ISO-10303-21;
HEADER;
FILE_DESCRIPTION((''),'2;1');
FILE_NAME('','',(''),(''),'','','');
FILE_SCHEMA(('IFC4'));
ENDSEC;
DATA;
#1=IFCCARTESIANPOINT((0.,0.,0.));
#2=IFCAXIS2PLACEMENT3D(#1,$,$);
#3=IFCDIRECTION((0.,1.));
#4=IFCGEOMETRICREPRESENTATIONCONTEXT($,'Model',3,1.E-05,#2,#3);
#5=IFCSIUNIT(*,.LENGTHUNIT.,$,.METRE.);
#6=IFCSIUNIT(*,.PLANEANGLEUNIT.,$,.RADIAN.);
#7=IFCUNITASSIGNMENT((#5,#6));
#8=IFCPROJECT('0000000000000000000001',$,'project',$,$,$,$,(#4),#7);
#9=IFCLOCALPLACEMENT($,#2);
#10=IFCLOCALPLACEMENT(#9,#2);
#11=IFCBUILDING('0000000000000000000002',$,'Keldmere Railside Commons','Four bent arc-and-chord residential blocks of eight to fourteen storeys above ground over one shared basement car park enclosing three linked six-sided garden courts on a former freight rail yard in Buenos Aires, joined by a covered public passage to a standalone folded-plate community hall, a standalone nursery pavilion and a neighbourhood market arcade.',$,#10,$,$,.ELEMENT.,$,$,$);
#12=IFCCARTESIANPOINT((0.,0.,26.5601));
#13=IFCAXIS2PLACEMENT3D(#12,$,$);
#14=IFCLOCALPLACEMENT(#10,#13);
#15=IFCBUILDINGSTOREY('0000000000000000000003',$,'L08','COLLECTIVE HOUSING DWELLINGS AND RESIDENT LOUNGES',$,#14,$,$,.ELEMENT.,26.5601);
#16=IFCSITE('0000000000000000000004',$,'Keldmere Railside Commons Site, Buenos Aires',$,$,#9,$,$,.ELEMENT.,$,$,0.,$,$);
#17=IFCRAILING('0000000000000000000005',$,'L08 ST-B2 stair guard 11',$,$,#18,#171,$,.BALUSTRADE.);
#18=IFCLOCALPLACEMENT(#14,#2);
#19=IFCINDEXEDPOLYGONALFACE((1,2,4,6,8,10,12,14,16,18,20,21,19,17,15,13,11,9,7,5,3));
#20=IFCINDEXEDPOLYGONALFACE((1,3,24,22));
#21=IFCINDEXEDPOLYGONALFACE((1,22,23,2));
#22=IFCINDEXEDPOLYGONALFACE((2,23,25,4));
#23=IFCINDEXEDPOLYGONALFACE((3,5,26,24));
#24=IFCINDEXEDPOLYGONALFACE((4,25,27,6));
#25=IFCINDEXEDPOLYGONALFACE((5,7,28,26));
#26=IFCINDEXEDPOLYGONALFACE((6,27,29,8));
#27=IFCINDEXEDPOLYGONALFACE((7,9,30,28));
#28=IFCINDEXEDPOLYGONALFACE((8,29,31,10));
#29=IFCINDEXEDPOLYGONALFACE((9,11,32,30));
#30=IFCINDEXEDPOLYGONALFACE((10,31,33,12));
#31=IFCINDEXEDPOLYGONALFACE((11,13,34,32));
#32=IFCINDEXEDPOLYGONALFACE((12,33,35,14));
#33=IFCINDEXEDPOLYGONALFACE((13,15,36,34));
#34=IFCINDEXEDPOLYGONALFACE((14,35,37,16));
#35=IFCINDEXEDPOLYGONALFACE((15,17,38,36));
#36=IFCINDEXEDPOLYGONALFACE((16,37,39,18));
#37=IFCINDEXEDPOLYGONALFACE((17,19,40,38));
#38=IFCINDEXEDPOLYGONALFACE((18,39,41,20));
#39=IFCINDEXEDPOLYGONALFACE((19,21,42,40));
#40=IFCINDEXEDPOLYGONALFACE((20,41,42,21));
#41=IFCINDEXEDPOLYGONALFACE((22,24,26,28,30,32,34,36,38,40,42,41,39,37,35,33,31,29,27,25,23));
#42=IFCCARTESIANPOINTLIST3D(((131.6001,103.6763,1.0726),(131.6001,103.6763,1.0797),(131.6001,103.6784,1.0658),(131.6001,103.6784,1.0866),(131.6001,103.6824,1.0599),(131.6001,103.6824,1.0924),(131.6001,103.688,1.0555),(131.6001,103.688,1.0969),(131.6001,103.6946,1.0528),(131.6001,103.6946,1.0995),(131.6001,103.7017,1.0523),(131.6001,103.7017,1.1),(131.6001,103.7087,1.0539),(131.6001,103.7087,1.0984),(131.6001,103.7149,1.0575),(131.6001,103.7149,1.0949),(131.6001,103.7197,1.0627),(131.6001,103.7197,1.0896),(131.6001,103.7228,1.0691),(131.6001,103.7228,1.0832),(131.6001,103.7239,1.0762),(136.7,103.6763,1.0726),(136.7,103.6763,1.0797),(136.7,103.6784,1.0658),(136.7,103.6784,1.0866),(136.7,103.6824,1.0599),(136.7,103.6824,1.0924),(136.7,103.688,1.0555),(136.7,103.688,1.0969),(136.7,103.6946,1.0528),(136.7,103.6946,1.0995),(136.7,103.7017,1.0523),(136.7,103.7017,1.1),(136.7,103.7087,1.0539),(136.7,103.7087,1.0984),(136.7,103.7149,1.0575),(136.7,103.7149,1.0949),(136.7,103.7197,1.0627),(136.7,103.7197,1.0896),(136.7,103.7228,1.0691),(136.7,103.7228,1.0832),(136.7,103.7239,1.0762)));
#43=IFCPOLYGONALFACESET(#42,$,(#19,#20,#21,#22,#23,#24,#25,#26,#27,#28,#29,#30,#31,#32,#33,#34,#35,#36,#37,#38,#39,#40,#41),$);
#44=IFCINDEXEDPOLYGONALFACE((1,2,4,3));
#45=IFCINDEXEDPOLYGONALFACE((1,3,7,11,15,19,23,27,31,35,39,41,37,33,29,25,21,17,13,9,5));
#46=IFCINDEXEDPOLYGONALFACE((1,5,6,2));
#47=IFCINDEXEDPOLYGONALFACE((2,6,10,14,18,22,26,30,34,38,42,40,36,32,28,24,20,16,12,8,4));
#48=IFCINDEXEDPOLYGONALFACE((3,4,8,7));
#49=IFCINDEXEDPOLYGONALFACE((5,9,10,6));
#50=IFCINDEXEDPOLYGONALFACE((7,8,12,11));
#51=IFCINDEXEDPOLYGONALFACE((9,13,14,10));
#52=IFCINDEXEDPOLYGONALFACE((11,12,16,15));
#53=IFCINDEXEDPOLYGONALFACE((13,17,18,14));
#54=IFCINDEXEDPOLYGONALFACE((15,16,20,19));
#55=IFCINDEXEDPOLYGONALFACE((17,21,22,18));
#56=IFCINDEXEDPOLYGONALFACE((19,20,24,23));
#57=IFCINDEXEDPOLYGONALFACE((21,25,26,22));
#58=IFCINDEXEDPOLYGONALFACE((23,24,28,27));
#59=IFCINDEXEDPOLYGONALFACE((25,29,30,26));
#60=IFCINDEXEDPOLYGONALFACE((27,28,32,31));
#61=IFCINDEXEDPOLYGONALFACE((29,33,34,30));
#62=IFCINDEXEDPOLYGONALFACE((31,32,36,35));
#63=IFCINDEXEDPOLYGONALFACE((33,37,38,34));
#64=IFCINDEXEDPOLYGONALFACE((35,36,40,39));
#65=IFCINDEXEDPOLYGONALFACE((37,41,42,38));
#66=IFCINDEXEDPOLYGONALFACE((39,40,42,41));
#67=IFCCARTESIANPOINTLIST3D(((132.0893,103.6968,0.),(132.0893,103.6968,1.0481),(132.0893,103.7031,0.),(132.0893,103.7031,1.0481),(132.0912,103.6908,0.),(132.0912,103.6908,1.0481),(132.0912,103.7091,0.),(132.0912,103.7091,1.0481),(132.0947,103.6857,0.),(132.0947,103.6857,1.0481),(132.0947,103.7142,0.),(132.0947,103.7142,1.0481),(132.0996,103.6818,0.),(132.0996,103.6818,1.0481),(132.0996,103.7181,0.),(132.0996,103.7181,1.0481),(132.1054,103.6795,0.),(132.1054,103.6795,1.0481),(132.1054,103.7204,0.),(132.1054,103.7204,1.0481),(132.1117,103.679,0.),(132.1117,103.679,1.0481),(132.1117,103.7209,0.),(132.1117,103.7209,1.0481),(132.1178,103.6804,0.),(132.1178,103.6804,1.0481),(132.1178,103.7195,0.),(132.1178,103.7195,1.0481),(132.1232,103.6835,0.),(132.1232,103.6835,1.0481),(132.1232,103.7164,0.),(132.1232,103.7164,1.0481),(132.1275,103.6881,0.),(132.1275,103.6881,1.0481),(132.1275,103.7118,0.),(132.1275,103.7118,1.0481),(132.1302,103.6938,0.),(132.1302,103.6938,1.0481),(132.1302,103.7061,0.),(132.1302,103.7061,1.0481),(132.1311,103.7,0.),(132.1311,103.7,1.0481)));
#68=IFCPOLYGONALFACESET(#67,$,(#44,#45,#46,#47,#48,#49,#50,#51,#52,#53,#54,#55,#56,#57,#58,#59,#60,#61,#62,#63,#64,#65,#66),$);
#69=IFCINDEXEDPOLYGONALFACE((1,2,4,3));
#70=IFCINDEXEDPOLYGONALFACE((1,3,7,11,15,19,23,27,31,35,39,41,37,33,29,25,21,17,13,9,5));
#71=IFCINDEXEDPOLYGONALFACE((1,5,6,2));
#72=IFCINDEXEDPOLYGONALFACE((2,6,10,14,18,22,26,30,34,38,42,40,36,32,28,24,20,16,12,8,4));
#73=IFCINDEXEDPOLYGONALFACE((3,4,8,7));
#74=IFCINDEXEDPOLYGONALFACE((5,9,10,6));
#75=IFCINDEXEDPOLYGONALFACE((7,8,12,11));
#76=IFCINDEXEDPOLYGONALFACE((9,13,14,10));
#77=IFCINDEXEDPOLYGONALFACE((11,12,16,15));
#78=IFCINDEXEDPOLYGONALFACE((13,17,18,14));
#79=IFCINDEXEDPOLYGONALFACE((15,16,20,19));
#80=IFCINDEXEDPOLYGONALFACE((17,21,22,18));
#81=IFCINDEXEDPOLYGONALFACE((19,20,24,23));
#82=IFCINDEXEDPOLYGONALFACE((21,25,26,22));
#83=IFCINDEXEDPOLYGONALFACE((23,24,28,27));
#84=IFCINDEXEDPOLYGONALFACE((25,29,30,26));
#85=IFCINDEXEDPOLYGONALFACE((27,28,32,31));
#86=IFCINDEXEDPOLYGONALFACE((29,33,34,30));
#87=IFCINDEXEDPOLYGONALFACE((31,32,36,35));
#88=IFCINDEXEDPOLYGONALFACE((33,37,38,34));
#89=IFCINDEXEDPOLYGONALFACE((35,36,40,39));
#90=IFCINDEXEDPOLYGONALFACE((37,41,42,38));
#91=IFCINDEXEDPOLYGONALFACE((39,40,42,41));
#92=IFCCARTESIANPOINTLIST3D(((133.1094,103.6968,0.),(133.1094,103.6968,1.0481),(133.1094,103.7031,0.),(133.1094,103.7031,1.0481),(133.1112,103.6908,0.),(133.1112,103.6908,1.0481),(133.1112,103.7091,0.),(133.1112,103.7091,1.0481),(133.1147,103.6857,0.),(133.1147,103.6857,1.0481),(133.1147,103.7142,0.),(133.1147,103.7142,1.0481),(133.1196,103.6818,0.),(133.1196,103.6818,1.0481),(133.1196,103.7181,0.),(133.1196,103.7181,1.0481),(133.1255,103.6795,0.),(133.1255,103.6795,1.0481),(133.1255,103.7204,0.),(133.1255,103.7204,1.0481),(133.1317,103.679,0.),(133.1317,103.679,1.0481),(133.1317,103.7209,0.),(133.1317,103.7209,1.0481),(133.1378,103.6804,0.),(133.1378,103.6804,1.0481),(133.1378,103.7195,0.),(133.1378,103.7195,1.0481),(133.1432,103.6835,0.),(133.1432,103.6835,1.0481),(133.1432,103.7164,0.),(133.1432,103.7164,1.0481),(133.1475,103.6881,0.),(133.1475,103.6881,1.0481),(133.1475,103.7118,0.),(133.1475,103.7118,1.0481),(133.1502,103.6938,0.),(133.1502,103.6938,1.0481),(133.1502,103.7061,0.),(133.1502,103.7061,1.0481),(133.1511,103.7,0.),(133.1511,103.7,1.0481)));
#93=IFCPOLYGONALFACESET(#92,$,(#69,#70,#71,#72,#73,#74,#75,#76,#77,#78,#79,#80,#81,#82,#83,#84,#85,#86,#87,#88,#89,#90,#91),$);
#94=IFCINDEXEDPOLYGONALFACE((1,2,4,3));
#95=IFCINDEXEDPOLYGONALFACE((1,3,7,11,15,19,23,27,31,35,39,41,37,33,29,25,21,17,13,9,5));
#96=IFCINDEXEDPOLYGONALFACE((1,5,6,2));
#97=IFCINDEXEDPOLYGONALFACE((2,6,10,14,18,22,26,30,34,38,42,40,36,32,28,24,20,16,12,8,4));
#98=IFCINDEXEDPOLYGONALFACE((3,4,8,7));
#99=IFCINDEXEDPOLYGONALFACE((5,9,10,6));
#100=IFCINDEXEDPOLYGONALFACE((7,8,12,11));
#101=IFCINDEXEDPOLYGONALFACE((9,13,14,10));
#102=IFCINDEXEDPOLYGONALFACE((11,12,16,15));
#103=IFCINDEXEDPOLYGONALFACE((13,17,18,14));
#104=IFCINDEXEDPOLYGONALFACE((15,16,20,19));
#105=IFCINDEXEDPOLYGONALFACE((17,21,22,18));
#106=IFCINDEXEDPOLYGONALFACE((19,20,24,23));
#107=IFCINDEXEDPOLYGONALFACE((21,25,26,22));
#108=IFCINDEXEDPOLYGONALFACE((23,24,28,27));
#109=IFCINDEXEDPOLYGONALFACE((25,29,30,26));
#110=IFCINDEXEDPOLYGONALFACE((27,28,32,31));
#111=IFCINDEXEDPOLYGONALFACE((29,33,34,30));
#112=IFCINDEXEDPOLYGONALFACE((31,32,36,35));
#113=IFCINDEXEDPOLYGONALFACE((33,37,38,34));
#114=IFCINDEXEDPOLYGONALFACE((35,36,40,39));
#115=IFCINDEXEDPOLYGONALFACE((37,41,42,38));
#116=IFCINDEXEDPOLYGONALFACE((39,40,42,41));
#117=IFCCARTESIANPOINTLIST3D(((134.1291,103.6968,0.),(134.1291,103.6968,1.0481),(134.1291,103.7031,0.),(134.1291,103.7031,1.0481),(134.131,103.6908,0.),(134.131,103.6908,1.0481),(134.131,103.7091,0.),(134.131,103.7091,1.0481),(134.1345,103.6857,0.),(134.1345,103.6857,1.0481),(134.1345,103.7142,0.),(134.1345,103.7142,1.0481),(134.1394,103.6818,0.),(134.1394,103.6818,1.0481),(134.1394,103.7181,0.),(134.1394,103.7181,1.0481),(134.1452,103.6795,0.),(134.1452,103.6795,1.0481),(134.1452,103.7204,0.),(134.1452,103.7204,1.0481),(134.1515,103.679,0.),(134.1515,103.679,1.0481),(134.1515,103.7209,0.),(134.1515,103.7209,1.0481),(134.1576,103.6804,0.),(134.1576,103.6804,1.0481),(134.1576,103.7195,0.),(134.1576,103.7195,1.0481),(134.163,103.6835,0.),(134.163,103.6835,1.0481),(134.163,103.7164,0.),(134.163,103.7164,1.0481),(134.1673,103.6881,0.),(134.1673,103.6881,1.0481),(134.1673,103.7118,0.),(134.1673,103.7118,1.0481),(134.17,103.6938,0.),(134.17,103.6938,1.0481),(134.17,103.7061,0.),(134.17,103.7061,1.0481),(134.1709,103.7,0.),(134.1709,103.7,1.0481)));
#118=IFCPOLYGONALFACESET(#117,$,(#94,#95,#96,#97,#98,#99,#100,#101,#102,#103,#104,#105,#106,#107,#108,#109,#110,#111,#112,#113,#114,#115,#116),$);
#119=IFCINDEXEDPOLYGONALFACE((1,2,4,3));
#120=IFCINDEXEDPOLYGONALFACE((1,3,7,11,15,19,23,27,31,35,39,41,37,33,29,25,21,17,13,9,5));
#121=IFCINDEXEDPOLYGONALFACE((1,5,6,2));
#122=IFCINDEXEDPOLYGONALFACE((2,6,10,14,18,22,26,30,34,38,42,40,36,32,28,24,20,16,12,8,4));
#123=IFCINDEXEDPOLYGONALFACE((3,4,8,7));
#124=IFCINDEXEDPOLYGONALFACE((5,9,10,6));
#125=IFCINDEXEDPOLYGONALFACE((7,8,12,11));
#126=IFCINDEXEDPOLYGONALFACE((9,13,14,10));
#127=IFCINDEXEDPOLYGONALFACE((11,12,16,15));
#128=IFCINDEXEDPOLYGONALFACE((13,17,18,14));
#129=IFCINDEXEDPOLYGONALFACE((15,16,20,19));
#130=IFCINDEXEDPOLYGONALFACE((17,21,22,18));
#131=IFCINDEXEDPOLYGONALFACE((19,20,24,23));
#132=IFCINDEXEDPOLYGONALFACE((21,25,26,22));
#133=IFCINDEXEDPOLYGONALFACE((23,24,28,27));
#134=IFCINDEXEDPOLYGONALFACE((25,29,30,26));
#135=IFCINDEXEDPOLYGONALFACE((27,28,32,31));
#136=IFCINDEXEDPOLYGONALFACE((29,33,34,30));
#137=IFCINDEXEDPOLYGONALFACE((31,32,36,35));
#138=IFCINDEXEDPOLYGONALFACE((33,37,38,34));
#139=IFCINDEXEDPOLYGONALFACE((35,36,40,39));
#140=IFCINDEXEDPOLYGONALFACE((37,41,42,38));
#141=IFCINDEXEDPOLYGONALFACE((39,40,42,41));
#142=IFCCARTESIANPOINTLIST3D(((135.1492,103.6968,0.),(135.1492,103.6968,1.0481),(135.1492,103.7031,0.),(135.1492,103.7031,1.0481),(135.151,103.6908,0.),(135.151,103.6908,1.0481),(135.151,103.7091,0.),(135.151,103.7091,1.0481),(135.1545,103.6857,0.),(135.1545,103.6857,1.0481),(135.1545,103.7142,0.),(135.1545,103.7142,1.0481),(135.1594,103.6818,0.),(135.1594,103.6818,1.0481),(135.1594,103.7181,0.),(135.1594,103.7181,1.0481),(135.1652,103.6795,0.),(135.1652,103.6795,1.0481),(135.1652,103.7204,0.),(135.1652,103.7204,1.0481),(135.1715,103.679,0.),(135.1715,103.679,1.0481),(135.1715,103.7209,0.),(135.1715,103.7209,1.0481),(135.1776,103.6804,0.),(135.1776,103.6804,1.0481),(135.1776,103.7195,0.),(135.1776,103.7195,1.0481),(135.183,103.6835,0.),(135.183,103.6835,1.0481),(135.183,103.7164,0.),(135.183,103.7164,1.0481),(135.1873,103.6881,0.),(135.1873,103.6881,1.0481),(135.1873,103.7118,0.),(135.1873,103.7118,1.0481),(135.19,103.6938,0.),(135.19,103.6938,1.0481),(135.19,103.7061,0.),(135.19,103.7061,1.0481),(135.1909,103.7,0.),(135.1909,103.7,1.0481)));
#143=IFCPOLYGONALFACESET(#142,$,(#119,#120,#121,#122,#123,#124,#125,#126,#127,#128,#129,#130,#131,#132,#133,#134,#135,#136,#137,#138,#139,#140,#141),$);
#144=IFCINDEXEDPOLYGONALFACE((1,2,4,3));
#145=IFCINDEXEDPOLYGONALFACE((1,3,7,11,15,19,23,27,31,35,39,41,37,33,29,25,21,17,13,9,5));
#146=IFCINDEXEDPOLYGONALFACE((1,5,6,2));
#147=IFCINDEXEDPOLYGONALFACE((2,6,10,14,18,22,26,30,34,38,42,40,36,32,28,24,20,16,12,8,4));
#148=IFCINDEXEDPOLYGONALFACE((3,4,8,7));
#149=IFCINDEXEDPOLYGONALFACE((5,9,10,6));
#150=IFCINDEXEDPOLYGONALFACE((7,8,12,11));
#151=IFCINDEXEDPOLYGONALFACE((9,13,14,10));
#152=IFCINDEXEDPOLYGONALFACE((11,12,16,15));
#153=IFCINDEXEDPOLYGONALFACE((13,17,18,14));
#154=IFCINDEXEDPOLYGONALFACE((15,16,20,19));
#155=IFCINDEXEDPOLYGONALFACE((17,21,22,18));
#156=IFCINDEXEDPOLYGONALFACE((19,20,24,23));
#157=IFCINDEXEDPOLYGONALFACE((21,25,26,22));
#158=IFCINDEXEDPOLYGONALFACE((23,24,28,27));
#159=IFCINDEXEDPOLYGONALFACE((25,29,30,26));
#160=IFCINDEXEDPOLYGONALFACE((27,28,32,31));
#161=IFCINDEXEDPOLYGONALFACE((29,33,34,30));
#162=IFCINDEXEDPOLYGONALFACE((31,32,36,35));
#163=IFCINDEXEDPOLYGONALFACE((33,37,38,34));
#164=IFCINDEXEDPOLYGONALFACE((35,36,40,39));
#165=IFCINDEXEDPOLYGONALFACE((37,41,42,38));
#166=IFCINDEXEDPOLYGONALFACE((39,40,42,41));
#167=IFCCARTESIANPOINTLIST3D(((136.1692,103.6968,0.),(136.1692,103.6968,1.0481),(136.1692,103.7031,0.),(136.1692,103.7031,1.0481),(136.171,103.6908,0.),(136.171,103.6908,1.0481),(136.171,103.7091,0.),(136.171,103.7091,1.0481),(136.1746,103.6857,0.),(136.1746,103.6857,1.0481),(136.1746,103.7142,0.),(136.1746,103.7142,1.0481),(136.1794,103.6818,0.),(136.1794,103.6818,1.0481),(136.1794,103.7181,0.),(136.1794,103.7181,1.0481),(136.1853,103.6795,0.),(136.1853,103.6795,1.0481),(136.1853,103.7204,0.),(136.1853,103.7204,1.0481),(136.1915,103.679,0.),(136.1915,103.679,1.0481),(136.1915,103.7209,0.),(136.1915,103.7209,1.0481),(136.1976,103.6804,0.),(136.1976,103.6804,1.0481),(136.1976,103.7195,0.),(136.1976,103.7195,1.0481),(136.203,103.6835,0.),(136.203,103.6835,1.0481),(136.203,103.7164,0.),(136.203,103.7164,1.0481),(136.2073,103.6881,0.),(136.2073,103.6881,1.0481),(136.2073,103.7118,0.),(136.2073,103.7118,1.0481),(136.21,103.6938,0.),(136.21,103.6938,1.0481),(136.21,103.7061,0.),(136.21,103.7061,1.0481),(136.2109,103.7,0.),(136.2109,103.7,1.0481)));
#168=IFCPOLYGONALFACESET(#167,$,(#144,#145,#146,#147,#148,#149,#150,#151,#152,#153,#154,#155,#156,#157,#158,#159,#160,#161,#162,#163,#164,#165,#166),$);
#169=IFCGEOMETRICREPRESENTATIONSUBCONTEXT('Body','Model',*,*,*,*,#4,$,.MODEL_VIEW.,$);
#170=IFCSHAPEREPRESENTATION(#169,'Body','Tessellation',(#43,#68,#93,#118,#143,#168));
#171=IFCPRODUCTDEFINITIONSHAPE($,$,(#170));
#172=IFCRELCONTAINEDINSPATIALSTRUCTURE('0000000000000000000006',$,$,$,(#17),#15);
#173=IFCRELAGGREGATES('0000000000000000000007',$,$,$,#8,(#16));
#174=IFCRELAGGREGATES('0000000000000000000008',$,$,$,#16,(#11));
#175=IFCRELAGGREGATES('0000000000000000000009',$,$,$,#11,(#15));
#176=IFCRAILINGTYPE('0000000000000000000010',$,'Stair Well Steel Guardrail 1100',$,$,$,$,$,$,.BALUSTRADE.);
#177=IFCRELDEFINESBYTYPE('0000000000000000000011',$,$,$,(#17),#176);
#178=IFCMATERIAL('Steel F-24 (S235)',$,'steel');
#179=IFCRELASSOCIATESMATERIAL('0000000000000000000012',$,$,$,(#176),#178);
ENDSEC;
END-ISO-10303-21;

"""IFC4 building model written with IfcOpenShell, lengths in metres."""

from ifc_helpers import new_model, si_unit, direction, frame, origin, origin_2d, place, context, subcontext, project, spatial, circle, extrude, material, type_object, element, save


model = new_model("IFC4")

# Units and contexts
model_context = context("Model", 3, precision=1e-05, world=origin(), true_north=direction((0.0, 1.0)))
body_context = subcontext(model_context, "Body", "Model", "MODEL_VIEW")
ifc_project = project(units=[si_unit("LENGTHUNIT", "METRE"), si_unit("PLANEANGLEUNIT", "RADIAN")], contexts=[model_context])

# Site, building, storey
site_placement = place(None, origin())
site = spatial("IfcSite", under=ifc_project, at=site_placement, Name="Keldmere Railside Commons Site, Buenos Aires", CompositionType="ELEMENT", RefElevation=0.0)
building_placement = place(site_placement, origin())
building = spatial("IfcBuilding", under=site, at=building_placement, Name="Keldmere Railside Commons", Description="Four bent arc-and-chord residential blocks of eight to fourteen storeys above ground over one shared basement car park enclosing three linked six-sided garden courts on a former freight rail yard in Buenos Aires, joined by a covered public passage to a standalone folded-plate community hall, a standalone nursery pavilion and a neighbourhood market arcade.", CompositionType="ELEMENT")
storey_placement = place(building_placement, frame((0.0, 0.0, 26.5601)))
storey = spatial("IfcBuildingStorey", under=building, at=storey_placement, Name="L08", Description="COLLECTIVE HOUSING DWELLINGS AND RESIDENT LOUNGES", CompositionType="ELEMENT", Elevation=26.5601)

# Shared definitions
ifc_material_1 = material(Name="Steel F-24 (S235)", Category="steel")

# Railing
railing_type_1 = type_object("IfcRailingType", Name="Stair Well Steel Guardrail 1100", PredefinedType="BALUSTRADE", material=ifc_material_1)
railing_1_placement = place(storey_placement, frame((131.6001, 103.7, 0.0)))
element("IfcRailing", 1, at=railing_1_placement, inside=storey, type_object=railing_type_1, Name="L08 ST-B2 stair guard 11", PredefinedType="BALUSTRADE", context=body_context, shape_type="SweptSolid", body=[
    extrude(circle(Radius=0.0239, at=origin_2d()), frame((0.0, 0.0, 1.0762), z_axis=(1.0, 0.0, 0.0), x_axis=(0.0, 1.0, 0.0)), (0.0, 0.0, 1.0), 5.0999),
    extrude(circle(Radius=0.021, at=origin_2d()), frame((0.51, 0.0, 0.0)), (0.0, 0.0, 1.0), 1.0481),
    extrude(circle(Radius=0.021, at=origin_2d()), frame((1.53, 0.0, 0.0)), (0.0, 0.0, 1.0), 1.0481),
    extrude(circle(Radius=0.021, at=origin_2d()), frame((2.5498, 0.0, 0.0)), (0.0, 0.0, 1.0), 1.0481),
    extrude(circle(Radius=0.021, at=origin_2d()), frame((3.5698, 0.0, 0.0)), (0.0, 0.0, 1.0), 1.0481),
    extrude(circle(Radius=0.021, at=origin_2d()), frame((4.5898, 0.0, 0.0)), (0.0, 0.0, 1.0), 1.0481),
])

save(model, "model.ifc")
